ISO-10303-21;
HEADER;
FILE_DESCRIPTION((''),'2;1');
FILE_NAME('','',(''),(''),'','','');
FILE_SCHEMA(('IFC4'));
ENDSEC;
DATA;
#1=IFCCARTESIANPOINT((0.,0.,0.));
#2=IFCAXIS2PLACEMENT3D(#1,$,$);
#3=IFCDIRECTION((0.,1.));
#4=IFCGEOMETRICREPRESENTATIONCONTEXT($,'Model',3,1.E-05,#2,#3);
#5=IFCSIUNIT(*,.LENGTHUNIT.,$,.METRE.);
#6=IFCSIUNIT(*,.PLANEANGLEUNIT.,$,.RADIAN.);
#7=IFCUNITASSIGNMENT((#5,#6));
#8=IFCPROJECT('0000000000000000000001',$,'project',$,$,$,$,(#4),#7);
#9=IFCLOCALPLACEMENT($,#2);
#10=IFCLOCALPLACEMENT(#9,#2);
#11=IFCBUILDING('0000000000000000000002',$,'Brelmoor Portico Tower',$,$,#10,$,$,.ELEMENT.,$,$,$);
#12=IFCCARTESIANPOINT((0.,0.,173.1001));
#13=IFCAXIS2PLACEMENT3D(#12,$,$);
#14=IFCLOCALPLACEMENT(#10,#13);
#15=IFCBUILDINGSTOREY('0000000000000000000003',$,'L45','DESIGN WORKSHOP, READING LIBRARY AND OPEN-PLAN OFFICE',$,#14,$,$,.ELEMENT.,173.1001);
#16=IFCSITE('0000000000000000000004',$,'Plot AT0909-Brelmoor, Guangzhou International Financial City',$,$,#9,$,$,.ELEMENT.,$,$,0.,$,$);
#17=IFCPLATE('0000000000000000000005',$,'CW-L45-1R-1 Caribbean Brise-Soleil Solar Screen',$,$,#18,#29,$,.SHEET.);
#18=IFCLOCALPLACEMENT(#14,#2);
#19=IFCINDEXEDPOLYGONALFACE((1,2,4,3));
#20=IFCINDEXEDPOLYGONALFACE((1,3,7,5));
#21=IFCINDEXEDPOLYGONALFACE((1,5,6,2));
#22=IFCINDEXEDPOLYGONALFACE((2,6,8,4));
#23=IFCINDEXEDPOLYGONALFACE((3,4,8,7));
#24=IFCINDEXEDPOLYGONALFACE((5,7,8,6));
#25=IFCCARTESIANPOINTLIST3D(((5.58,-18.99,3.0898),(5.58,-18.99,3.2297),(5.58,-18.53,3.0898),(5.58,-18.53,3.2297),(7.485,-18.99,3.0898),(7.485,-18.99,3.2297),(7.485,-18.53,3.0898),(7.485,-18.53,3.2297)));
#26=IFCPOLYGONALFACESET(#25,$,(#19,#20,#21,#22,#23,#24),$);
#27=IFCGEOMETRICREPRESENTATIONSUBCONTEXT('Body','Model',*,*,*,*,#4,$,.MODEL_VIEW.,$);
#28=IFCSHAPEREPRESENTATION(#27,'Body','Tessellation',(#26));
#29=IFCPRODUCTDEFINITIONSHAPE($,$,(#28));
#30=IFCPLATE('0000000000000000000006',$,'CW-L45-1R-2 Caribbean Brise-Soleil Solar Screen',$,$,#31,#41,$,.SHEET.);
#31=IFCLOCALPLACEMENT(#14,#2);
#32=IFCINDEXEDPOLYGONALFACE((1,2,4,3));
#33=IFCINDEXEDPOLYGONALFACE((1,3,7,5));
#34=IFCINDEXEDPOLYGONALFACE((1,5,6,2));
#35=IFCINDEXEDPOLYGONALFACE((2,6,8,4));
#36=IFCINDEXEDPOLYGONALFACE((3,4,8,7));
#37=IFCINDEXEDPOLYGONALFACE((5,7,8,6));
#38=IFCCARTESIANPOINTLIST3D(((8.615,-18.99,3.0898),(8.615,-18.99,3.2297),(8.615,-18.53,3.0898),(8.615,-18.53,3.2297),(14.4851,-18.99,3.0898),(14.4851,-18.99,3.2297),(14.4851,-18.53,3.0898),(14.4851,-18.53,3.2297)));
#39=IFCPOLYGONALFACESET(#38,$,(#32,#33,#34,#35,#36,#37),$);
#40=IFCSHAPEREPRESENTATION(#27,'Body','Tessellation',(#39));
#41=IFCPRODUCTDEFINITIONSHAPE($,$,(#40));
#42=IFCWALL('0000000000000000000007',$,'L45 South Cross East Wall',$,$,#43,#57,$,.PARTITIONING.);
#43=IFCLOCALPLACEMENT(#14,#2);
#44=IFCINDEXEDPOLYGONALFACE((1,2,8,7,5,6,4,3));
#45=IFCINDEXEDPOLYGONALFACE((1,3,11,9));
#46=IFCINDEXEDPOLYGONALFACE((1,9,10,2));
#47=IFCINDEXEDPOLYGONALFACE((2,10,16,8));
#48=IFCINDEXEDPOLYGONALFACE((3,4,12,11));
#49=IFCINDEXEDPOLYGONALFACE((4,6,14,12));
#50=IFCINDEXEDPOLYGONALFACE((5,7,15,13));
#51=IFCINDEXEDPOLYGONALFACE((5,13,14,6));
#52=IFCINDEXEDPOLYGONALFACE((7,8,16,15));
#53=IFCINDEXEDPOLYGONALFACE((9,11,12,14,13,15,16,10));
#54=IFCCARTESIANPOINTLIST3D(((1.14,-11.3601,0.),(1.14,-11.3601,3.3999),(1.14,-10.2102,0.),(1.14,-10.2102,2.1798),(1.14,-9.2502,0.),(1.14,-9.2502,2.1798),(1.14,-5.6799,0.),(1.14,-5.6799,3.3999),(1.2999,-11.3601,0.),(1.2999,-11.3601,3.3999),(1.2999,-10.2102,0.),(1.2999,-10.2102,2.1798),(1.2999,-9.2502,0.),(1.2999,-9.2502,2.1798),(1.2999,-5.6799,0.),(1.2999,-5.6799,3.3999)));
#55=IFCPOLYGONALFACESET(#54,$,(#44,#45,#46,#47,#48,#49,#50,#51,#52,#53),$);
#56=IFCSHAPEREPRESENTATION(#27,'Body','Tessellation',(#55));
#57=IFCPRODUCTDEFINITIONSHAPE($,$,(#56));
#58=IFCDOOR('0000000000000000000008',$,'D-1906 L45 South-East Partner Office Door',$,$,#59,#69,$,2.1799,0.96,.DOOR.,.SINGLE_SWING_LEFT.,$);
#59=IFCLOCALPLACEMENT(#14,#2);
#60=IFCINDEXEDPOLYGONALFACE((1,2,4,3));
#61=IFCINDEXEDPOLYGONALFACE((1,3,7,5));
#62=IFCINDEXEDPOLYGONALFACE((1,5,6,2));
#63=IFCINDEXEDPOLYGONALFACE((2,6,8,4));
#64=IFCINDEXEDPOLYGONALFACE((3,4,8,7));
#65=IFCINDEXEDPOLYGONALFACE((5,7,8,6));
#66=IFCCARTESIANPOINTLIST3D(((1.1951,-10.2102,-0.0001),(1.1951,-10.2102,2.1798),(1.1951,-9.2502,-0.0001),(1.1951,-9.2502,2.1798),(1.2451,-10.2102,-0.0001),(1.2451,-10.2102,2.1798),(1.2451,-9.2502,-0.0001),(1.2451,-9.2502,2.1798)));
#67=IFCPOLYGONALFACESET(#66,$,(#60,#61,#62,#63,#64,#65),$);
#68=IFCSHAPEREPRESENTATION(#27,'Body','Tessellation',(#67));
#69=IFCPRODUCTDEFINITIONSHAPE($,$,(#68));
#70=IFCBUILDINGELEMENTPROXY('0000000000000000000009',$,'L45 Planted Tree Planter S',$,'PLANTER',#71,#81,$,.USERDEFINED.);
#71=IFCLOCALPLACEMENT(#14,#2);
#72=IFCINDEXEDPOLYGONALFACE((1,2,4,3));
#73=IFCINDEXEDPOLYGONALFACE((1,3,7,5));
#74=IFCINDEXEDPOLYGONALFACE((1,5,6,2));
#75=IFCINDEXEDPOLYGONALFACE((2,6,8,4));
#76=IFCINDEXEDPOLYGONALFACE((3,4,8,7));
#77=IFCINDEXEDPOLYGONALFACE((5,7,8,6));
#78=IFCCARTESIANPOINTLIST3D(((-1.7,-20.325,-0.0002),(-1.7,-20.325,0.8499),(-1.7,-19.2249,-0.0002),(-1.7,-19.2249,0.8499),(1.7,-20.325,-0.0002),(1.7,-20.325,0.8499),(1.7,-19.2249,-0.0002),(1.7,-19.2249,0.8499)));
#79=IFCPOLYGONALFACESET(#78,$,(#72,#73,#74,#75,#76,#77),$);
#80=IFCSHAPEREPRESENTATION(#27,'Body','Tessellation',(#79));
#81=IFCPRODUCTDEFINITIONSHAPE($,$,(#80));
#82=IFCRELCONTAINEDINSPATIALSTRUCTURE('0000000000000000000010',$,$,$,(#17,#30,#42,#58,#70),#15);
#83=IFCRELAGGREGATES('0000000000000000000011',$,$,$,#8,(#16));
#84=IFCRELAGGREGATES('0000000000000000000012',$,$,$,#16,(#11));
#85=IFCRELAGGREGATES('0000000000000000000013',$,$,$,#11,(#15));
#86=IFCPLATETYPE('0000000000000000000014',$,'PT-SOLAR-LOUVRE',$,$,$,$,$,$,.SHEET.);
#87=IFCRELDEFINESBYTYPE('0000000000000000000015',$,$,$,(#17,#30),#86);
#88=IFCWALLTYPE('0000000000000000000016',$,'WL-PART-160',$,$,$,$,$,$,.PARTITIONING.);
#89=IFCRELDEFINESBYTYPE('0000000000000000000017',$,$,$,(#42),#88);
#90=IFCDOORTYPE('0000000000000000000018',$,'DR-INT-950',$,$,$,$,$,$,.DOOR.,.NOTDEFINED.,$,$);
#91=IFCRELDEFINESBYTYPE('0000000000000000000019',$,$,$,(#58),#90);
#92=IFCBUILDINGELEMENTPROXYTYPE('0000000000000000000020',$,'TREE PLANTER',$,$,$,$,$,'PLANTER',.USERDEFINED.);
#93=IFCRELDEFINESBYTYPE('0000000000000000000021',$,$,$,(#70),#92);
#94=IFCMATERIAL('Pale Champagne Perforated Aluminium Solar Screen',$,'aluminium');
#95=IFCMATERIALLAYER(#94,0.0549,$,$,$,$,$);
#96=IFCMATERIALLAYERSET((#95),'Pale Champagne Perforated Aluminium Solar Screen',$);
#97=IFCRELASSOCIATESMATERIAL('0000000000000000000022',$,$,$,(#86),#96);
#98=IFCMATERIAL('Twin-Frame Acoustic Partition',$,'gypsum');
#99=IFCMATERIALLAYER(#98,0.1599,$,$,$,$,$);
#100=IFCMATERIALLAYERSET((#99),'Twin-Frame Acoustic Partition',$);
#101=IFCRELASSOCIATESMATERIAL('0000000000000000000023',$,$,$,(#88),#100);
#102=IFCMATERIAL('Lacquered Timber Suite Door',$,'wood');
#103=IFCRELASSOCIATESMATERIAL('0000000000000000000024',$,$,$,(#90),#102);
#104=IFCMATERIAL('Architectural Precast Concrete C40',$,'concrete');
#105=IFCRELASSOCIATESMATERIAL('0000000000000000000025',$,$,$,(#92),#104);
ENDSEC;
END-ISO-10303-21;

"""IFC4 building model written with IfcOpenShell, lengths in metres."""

from ifc_helpers import new_model, si_unit, direction, frame, frame_2d, origin, origin_2d, place, context, subcontext, project, spatial, rectangle, extrude, material, layer, layer_set, type_object, element, fill, save


model = new_model("IFC4")

# Units and contexts
model_context = context("Model", 3, precision=1e-05, world=origin(), true_north=direction((0.0, 1.0)))
body_context = subcontext(model_context, "Body", "Model", "MODEL_VIEW")
ifc_project = project(units=[si_unit("LENGTHUNIT", "METRE"), si_unit("PLANEANGLEUNIT", "RADIAN")], contexts=[model_context])

# Site, building, storey
site_placement = place(None, origin())
site = spatial("IfcSite", under=ifc_project, at=site_placement, Name="Plot AT0909-Brelmoor, Guangzhou International Financial City", CompositionType="ELEMENT", RefElevation=0.0)
building_placement = place(site_placement, origin())
building = spatial("IfcBuilding", under=site, at=building_placement, Name="Brelmoor Portico Tower", CompositionType="ELEMENT")
storey_placement = place(building_placement, frame((0.0, 0.0, 173.1001)))
storey = spatial("IfcBuildingStorey", under=building, at=storey_placement, Name="L45", Description="DESIGN WORKSHOP, READING LIBRARY AND OPEN-PLAN OFFICE", CompositionType="ELEMENT", Elevation=173.1001)

# Plates
ifc_material_1 = material(Name="Pale Champagne Perforated Aluminium Solar Screen", Category="aluminium")
ifc_layer_1 = layer(ifc_material_1, 0.0549)
ifc_layer_set_1 = layer_set([ifc_layer_1], Name="Pale Champagne Perforated Aluminium Solar Screen")
plate_type_1 = type_object("IfcPlateType", Name="PT-SOLAR-LOUVRE", PredefinedType="SHEET", material=ifc_layer_set_1)
plate_1_placement = place(storey_placement, frame((6.5325, -18.76, 3.0898), z_axis=(0.0, 0.0, 1.0), x_axis=(1.0, 0.0, 0.0)))
element("IfcPlate", 1, at=plate_1_placement, inside=storey, type_object=plate_type_1, Name="CW-L45-1R-1 Caribbean Brise-Soleil Solar Screen", PredefinedType="SHEET", context=body_context, shape_type="SweptSolid", body=[
    extrude(rectangle(XDim=1.905, YDim=0.46, at=origin_2d()), origin(), (0.0, 0.0, 1.0), 0.1399),
])
plate_2_placement = place(storey_placement, frame((11.55, -18.76, 3.0898), z_axis=(0.0, 0.0, 1.0), x_axis=(1.0, 0.0, 0.0)))
element("IfcPlate", 2, at=plate_2_placement, inside=storey, type_object=plate_type_1, Name="CW-L45-1R-2 Caribbean Brise-Soleil Solar Screen", PredefinedType="SHEET", context=body_context, shape_type="SweptSolid", body=[
    extrude(rectangle(XDim=5.8701, YDim=0.46, at=origin_2d()), origin(), (0.0, 0.0, 1.0), 0.1399),
])

# Wall, opening, door
ifc_material_2 = material(Name="Twin-Frame Acoustic Partition", Category="gypsum")
ifc_layer_2 = layer(ifc_material_2, 0.1599)
ifc_layer_set_2 = layer_set([ifc_layer_2], Name="Twin-Frame Acoustic Partition")
wall_type = type_object("IfcWallType", Name="WL-PART-160", PredefinedType="PARTITIONING", material=ifc_layer_set_2)
wall_placement = place(storey_placement, frame((1.22, -11.3601, 0.0), z_axis=(0.0, 0.0, 1.0), x_axis=(0.0, 1.0, 0.0)))
wall = element("IfcWall", 3, at=wall_placement, inside=storey, type_object=wall_type, Name="L45 South Cross East Wall", PredefinedType="PARTITIONING", context=body_context, shape_type="SweptSolid", body=[
    extrude(rectangle(XDim=5.6802, YDim=0.1599, at=frame_2d((2.8401, 0.0))), origin(), (0.0, 0.0, 1.0), 3.3999),
])
opening_placement = place(wall_placement, frame((1.1499, 0.0, 0.0)))
opening = element("IfcOpeningElement", 4, at=opening_placement, cuts=wall, PredefinedType="OPENING", context=body_context, shape_type="SweptSolid", body=[
    extrude(rectangle(XDim=0.96, YDim=2.1799, at=frame_2d((0.48, 1.0898))), frame((0.0, 0.0898, 0.0), z_axis=(0.0, -1.0, 0.0), x_axis=(1.0, 0.0, 0.0)), (0.0, 0.0, 1.0), 0.1799),
])
ifc_material_3 = material(Name="Lacquered Timber Suite Door", Category="wood")
door_type = type_object("IfcDoorType", Name="DR-INT-950", OperationType="NOTDEFINED", PredefinedType="DOOR", material=ifc_material_3)
door_placement = place(opening_placement, origin())
door = element("IfcDoor", 5, at=door_placement, inside=storey, type_object=door_type, Name="D-1906 L45 South-East Partner Office Door", OperationType="SINGLE_SWING_LEFT", OverallHeight=2.1799, OverallWidth=0.96, PredefinedType="DOOR", context=body_context, shape_type="SweptSolid", body=[
    extrude(rectangle(XDim=0.96, YDim=2.1799, at=frame_2d((0.48, 1.0898))), frame((0.0, 0.0249, 0.0), z_axis=(0.0, -1.0, 0.0), x_axis=(1.0, 0.0, 0.0)), (0.0, 0.0, 1.0), 0.05),
])
fill(opening, door)

# Building element proxy
ifc_material_4 = material(Name="Architectural Precast Concrete C40", Category="concrete")
building_element_proxy_type = type_object("IfcBuildingElementProxyType", Name="TREE PLANTER", ElementType="PLANTER", PredefinedType="USERDEFINED", material=ifc_material_4)
proxy_placement = place(storey_placement, frame((0.0, -19.7749, -0.0002), z_axis=(0.0, 0.0, 1.0), x_axis=(1.0, 0.0, 0.0)))
element("IfcBuildingElementProxy", 6, at=proxy_placement, inside=storey, type_object=building_element_proxy_type, Name="L45 Planted Tree Planter S", ObjectType="PLANTER", PredefinedType="USERDEFINED", context=body_context, shape_type="SweptSolid", body=[
    extrude(rectangle(XDim=3.3999, YDim=1.1001, at=origin_2d()), origin(), (0.0, 0.0, 1.0), 0.8501),
])

save(model, "model.ifc")
